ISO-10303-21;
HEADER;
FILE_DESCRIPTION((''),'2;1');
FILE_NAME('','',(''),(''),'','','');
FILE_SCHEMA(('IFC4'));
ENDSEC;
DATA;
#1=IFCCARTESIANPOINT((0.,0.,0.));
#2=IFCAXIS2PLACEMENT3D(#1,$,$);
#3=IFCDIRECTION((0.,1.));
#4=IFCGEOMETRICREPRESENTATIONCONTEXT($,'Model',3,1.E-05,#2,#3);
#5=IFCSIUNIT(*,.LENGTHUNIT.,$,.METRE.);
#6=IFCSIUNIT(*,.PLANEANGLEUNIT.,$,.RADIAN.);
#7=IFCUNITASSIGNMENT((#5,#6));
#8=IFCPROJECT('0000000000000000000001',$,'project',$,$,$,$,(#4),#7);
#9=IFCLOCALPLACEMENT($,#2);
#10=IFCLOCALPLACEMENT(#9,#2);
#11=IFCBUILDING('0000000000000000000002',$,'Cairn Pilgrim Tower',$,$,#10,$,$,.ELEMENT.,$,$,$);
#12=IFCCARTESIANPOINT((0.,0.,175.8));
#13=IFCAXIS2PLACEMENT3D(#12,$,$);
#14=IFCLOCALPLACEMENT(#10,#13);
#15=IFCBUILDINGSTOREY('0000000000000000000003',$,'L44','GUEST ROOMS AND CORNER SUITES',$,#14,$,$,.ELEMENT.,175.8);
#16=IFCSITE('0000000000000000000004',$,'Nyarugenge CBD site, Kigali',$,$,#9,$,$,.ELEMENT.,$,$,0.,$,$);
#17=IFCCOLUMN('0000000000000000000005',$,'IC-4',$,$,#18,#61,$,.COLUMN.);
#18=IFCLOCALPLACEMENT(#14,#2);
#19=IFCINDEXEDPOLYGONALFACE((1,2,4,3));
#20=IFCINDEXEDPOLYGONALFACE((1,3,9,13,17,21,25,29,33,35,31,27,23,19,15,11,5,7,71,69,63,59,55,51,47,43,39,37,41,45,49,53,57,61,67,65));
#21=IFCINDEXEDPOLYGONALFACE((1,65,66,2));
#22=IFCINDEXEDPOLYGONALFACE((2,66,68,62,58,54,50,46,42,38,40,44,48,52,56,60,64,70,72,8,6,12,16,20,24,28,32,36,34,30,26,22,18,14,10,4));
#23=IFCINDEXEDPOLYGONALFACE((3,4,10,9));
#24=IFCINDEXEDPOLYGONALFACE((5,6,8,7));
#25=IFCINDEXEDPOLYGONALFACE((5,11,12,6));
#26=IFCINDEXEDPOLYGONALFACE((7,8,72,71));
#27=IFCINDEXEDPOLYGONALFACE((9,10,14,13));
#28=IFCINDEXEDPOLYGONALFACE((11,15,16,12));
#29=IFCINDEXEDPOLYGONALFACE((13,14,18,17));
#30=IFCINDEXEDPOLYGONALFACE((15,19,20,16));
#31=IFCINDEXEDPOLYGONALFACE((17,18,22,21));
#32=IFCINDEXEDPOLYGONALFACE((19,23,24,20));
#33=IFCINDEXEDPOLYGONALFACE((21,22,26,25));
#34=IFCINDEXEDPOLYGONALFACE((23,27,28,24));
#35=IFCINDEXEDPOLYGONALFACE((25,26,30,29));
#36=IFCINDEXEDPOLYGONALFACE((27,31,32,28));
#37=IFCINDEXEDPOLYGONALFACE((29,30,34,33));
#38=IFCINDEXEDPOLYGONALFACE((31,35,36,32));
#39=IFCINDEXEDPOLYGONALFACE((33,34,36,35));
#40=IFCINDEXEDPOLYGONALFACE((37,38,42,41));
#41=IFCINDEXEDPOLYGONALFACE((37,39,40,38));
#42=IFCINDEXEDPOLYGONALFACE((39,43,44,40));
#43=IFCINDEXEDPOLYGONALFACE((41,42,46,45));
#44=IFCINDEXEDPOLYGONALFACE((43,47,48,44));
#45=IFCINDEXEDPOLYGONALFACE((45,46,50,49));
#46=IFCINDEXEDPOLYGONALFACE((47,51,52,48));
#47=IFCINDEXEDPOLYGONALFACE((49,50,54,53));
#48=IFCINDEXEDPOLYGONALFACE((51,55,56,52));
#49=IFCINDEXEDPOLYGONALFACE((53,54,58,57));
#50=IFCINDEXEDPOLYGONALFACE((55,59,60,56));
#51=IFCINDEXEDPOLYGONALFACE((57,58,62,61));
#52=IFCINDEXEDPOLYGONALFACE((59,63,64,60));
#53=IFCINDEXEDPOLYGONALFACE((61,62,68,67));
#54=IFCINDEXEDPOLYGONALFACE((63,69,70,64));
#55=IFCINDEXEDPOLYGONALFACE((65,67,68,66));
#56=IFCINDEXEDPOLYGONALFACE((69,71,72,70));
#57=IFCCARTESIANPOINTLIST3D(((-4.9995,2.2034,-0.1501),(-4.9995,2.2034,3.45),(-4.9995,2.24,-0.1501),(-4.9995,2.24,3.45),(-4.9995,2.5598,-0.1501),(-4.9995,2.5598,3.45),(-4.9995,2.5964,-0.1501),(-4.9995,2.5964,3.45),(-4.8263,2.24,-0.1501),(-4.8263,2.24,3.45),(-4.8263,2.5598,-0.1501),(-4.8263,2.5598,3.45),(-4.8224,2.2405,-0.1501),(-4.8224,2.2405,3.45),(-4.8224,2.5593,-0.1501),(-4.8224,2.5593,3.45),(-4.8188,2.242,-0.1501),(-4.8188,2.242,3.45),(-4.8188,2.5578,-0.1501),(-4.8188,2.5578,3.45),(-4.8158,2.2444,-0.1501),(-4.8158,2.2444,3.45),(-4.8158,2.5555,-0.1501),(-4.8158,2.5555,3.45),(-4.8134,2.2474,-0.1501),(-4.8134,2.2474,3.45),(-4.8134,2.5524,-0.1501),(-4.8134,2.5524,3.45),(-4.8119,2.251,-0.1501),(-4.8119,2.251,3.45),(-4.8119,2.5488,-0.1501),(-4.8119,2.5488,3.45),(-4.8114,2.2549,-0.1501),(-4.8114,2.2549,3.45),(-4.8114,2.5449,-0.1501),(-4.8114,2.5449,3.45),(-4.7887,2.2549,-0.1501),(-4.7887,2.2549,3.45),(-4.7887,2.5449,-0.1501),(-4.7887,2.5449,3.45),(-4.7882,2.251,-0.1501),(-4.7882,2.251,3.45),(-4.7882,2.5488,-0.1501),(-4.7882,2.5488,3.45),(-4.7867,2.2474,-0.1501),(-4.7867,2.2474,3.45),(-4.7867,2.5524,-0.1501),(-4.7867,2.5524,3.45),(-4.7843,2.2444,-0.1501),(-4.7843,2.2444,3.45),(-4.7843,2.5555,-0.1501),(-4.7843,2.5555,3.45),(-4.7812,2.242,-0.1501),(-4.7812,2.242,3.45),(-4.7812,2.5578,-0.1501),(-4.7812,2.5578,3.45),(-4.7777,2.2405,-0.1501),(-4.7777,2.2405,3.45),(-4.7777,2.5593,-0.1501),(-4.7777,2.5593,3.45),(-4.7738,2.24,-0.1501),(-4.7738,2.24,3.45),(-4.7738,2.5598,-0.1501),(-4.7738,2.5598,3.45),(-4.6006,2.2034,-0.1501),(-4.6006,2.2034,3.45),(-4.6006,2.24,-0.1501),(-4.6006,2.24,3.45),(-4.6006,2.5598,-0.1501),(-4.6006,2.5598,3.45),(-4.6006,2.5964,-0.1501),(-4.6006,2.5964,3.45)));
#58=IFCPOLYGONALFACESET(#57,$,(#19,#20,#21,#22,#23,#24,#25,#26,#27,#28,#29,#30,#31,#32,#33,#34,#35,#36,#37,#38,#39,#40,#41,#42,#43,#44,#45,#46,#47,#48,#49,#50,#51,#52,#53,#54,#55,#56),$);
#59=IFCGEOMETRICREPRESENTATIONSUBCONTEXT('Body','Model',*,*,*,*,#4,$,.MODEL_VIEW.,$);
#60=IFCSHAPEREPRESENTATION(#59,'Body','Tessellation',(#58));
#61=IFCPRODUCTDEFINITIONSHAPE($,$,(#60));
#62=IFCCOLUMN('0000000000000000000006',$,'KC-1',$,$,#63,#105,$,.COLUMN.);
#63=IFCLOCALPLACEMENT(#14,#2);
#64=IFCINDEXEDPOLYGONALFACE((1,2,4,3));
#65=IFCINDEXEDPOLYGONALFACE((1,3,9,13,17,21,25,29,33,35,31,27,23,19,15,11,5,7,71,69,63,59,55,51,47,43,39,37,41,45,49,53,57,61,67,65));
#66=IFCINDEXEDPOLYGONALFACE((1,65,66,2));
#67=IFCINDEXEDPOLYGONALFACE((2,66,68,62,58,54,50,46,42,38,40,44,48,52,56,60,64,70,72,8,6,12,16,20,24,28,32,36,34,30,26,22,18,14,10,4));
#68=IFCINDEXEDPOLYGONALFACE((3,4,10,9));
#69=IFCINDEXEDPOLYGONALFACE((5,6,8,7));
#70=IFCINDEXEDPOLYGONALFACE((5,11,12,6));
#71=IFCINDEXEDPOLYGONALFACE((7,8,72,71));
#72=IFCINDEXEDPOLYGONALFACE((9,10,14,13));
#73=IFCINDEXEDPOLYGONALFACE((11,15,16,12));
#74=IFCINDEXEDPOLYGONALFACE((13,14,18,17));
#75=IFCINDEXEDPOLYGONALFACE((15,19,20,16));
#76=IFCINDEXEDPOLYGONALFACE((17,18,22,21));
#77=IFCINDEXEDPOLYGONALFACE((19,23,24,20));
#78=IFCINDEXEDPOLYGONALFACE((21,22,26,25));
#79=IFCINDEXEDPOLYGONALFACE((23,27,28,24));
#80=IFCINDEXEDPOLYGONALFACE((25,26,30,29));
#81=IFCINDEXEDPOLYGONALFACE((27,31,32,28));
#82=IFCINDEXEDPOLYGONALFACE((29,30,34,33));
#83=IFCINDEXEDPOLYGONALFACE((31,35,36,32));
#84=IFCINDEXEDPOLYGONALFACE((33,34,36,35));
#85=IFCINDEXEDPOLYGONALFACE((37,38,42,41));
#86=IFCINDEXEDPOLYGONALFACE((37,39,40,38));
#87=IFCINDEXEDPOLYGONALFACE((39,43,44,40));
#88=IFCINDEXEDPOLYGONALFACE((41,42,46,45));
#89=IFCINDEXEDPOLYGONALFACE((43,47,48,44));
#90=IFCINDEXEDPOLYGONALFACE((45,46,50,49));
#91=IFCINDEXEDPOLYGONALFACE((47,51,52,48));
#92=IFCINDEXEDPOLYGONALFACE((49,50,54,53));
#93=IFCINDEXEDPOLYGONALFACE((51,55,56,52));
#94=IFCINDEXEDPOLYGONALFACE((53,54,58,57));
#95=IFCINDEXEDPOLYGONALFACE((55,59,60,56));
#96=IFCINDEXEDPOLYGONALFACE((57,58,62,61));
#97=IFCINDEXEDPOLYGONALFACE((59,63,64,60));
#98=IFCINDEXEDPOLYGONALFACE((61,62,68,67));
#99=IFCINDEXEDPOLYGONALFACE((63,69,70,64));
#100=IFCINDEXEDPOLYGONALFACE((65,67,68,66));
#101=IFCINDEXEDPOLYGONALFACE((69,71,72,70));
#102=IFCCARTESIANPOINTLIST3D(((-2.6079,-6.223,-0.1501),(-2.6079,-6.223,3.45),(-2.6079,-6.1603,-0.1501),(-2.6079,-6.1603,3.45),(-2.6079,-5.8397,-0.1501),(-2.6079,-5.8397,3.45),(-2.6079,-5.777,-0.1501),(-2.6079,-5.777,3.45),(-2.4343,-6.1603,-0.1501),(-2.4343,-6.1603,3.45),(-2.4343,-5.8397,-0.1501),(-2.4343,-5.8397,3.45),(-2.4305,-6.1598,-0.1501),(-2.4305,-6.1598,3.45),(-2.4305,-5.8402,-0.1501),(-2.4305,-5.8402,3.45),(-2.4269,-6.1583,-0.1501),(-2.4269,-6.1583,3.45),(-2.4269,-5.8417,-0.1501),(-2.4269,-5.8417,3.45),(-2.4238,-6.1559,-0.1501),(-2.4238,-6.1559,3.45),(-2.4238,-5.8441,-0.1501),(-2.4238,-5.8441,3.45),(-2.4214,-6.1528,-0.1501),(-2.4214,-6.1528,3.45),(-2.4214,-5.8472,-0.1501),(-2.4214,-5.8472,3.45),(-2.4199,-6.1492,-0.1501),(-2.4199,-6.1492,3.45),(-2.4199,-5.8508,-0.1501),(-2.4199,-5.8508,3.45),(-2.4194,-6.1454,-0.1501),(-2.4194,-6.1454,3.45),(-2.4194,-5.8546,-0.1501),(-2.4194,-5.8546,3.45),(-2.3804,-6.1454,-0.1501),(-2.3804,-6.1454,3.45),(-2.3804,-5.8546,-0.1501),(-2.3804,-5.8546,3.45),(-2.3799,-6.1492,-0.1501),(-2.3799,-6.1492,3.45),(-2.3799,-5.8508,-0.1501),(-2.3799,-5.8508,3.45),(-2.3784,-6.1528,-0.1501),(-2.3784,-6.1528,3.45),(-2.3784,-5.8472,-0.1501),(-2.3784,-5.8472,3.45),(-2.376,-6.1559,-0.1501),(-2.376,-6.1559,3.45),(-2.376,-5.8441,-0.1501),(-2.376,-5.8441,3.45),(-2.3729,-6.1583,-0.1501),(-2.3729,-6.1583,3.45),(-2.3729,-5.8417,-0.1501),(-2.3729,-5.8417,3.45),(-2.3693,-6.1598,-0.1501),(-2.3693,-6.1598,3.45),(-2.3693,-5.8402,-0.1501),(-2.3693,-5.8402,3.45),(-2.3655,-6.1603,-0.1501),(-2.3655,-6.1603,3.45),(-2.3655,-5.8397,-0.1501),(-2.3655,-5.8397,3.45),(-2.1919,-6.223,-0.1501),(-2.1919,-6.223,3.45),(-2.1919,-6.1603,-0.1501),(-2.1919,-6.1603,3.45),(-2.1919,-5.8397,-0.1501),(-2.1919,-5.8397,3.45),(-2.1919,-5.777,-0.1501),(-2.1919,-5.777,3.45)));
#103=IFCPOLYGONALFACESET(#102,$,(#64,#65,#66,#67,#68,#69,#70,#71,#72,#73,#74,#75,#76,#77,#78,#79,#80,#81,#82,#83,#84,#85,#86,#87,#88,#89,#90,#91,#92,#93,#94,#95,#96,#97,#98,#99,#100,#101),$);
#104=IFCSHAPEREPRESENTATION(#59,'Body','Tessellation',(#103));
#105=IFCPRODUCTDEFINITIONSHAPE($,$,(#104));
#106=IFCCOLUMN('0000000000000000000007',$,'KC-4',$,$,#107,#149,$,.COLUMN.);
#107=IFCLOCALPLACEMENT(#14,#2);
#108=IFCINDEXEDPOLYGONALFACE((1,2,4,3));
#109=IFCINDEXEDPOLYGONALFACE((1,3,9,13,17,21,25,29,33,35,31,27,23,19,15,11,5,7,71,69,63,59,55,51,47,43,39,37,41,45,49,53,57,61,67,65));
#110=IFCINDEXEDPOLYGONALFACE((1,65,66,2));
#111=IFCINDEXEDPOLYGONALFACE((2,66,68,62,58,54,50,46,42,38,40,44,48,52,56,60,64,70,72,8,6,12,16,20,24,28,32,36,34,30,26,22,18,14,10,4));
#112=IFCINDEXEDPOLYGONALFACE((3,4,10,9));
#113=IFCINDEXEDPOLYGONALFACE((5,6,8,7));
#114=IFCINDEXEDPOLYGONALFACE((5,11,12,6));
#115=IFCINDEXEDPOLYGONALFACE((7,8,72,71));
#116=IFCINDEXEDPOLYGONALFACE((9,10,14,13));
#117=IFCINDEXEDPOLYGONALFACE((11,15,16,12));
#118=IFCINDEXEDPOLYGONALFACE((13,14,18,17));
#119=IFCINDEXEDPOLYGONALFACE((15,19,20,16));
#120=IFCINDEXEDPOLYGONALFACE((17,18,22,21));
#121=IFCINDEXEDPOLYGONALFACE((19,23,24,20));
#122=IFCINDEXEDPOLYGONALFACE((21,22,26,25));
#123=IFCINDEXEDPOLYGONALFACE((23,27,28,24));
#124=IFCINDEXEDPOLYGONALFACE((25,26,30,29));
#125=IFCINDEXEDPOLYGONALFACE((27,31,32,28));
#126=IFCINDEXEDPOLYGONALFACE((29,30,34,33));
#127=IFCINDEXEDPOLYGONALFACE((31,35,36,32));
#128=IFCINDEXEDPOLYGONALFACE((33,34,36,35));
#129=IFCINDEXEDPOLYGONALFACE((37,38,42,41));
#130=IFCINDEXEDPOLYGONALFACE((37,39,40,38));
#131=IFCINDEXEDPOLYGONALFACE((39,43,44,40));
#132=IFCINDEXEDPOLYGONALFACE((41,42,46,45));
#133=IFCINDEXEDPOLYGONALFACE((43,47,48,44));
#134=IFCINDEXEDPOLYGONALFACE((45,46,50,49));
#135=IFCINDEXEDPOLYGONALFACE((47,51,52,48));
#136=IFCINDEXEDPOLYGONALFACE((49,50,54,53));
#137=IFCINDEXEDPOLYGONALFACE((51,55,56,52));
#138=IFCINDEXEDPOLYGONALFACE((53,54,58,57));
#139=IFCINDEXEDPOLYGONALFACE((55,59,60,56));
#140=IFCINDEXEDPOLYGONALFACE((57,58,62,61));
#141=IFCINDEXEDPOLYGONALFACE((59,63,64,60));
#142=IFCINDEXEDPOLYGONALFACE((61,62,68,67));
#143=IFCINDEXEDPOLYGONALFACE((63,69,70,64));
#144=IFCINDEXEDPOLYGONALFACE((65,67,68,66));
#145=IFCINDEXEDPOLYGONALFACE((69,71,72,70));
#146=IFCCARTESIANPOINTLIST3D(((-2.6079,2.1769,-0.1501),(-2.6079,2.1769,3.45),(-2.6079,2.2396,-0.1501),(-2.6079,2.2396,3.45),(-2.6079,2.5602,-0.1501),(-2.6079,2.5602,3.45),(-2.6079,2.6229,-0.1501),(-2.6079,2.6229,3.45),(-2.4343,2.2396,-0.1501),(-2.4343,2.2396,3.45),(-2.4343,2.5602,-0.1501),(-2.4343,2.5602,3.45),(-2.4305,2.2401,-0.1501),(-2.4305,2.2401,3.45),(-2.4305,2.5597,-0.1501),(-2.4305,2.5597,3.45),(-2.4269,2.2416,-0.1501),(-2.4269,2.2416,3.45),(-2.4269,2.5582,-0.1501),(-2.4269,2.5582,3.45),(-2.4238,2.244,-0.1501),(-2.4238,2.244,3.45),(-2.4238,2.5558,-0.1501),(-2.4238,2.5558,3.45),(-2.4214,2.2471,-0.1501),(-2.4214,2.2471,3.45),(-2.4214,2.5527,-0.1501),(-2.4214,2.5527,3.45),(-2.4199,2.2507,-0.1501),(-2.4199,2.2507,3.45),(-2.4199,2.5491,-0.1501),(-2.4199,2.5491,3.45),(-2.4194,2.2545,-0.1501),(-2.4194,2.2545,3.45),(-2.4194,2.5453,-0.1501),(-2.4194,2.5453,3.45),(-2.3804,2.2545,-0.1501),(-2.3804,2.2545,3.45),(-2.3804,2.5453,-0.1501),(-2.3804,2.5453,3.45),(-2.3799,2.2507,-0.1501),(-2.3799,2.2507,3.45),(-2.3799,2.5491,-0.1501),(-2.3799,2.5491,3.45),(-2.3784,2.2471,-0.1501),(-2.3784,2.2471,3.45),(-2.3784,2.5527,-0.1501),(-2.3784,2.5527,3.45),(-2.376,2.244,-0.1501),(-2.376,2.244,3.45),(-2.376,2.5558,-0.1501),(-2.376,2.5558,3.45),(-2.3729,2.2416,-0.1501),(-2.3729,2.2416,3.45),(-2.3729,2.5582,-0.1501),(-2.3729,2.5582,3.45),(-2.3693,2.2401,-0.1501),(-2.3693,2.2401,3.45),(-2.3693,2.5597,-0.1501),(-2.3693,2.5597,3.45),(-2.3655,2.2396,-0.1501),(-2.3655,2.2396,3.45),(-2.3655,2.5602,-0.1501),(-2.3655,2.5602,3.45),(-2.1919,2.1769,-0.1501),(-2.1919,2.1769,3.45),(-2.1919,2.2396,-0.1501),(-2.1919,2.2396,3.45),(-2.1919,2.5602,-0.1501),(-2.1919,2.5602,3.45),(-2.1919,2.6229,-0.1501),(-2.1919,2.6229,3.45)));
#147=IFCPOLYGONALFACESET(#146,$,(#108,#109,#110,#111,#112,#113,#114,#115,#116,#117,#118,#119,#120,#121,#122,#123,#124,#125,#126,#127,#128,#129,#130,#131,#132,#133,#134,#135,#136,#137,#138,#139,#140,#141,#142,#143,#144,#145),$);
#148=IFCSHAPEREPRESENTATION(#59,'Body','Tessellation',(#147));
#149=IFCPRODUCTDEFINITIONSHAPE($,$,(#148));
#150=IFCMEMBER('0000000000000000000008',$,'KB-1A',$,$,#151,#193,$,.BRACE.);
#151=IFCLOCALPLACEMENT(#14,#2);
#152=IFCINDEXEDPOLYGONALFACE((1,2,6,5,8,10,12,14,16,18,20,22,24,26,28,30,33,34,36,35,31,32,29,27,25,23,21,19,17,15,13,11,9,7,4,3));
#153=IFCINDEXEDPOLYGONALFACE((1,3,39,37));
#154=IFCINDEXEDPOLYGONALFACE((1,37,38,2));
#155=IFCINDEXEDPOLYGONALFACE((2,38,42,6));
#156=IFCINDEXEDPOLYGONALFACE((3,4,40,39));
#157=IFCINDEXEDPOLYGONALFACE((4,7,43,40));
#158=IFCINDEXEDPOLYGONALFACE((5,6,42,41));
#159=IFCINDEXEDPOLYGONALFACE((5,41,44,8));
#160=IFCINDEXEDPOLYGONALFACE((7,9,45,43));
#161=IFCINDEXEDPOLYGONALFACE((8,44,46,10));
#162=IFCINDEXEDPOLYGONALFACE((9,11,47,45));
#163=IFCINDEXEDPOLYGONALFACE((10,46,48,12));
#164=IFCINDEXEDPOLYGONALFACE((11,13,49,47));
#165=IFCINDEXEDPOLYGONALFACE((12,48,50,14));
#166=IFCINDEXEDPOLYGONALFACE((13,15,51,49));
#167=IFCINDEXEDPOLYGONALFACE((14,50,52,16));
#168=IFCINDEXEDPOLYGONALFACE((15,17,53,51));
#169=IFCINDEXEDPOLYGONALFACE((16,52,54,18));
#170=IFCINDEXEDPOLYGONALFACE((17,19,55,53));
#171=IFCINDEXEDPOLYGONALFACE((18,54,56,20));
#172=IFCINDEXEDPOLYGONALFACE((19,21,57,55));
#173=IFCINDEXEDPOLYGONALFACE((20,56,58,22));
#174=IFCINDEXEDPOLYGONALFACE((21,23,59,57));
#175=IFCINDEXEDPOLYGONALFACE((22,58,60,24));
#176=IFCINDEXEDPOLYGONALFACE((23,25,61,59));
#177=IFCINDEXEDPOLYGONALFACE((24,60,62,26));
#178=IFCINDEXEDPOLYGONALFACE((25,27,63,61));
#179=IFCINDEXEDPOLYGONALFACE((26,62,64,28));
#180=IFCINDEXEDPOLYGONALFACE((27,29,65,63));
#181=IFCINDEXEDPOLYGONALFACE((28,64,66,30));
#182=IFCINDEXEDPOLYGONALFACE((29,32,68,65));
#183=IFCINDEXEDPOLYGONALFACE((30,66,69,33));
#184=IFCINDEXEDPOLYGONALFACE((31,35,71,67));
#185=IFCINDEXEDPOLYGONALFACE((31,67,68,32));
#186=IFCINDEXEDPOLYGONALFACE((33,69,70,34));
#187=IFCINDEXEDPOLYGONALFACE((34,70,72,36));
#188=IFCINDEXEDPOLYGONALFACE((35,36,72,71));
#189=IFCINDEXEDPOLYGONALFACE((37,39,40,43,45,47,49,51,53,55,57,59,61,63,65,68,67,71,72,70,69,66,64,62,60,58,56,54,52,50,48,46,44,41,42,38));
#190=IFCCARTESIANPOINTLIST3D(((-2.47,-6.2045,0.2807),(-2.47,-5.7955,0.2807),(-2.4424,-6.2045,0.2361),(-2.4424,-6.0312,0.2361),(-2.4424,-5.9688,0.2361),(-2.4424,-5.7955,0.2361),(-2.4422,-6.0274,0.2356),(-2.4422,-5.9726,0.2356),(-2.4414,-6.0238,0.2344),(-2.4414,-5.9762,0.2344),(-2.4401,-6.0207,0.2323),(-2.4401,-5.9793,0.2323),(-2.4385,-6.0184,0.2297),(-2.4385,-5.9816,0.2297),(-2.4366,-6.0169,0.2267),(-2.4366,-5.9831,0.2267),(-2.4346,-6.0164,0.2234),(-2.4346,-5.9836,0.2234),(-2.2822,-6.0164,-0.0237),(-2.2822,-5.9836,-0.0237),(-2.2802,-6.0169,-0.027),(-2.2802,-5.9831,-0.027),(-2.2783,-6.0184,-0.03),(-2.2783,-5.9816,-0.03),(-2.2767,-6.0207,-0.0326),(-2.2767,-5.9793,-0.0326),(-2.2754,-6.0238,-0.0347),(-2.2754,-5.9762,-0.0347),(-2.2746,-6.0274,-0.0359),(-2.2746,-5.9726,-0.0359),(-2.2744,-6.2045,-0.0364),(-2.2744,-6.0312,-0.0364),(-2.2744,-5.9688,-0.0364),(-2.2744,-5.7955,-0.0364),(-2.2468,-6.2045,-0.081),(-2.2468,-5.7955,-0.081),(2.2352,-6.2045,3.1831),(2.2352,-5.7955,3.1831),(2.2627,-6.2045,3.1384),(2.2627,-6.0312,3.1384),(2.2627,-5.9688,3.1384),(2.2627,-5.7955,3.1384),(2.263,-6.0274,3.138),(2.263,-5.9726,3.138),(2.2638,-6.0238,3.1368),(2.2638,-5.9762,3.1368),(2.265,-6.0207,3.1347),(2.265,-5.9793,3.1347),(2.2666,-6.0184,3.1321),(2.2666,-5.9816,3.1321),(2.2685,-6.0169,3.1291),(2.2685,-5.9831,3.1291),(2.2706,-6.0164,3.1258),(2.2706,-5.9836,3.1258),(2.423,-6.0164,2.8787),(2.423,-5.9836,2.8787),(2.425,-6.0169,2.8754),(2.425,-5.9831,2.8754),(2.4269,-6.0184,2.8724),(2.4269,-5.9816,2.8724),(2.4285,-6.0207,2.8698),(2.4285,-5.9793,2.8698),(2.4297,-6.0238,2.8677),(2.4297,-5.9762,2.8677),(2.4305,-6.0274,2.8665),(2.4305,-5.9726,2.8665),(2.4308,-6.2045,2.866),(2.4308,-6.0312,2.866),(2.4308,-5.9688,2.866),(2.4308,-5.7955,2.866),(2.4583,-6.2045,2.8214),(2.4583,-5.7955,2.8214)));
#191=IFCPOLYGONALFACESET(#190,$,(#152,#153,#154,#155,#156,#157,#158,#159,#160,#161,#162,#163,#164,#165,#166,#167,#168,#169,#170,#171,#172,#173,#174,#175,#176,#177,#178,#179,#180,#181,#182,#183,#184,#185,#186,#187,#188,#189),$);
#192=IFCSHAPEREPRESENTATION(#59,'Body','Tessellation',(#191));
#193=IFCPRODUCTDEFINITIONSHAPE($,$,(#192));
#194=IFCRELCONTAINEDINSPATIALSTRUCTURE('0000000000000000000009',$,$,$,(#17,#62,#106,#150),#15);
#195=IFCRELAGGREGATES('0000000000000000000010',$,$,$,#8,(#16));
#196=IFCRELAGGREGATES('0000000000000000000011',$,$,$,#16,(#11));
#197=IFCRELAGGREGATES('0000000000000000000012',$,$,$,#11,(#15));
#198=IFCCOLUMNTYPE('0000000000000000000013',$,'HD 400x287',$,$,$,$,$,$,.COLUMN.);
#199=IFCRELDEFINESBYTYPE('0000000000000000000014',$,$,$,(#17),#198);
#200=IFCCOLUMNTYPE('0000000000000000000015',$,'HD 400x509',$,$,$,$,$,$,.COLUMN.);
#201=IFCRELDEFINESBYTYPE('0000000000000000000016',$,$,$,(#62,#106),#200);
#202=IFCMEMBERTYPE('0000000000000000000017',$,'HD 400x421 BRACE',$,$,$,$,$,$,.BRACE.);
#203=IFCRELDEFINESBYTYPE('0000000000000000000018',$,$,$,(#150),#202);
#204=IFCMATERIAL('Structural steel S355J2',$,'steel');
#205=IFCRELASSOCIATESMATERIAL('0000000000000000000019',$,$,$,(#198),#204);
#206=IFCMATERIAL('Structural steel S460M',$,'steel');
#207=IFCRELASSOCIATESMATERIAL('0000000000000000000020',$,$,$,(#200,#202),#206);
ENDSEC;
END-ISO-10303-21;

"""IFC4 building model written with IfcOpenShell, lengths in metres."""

from ifc_helpers import new_model, si_unit, direction, frame, origin, origin_2d, place, context, subcontext, project, spatial, i_section, extrude, material, material_profile, profile_set, type_object, element, save


model = new_model("IFC4")

# Units and contexts
model_context = context("Model", 3, precision=1e-05, world=origin(), true_north=direction((0.0, 1.0)))
body_context = subcontext(model_context, "Body", "Model", "MODEL_VIEW")
ifc_project = project(units=[si_unit("LENGTHUNIT", "METRE"), si_unit("PLANEANGLEUNIT", "RADIAN")], contexts=[model_context])

# Site, building, storey
site_placement = place(None, origin())
site = spatial("IfcSite", under=ifc_project, at=site_placement, Name="Nyarugenge CBD site, Kigali", CompositionType="ELEMENT", RefElevation=0.0)
building_placement = place(site_placement, origin())
building = spatial("IfcBuilding", under=site, at=building_placement, Name="Cairn Pilgrim Tower", CompositionType="ELEMENT")
storey_placement = place(building_placement, frame((0.0, 0.0, 175.8)))
storey = spatial("IfcBuildingStorey", under=building, at=storey_placement, Name="L44", Description="GUEST ROOMS AND CORNER SUITES", CompositionType="ELEMENT", Elevation=175.8)

# Columns
ifc_material_1 = material(Name="Structural steel S355J2", Category="steel")
ifc_material_profile_1 = material_profile(ifc_material_1, i_section(OverallWidth=0.3989, OverallDepth=0.3931, WebThickness=0.0227, FlangeThickness=0.0366, FilletRadius=0.0149, at=origin_2d()), Name="HD 400x287")
ifc_profile_set_1 = profile_set([ifc_material_profile_1], Name="Structural steel S355J2")
column_type_1 = type_object("IfcColumnType", Name="HD 400x287", PredefinedType="COLUMN", material=ifc_profile_set_1)
column_placement = place(storey_placement, frame((-4.8, 2.3999, -0.1501), z_axis=(0.0, 0.0, 1.0), x_axis=(1.0, 0.0, 0.0)))
element("IfcColumn", 1, at=column_placement, inside=storey, type_object=column_type_1, Name="IC-4", PredefinedType="COLUMN", context=body_context, shape_type="SweptSolid", body=[
    extrude(i_section(OverallWidth=0.3989, OverallDepth=0.3931, WebThickness=0.0227, FlangeThickness=0.0366, FilletRadius=0.0149, at=origin_2d()), origin(), (0.0, 0.0, 1.0), 3.6001),
])
ifc_material_2 = material(Name="Structural steel S460M", Category="steel")
ifc_material_profile_2 = material_profile(ifc_material_2, i_section(OverallWidth=0.416, OverallDepth=0.446, WebThickness=0.0391, FlangeThickness=0.0627, FilletRadius=0.0149, at=origin_2d()), Name="HD 400x509")
ifc_profile_set_2 = profile_set([ifc_material_profile_2], Name="Structural steel S460M")
column_type_2 = type_object("IfcColumnType", Name="HD 400x509", PredefinedType="COLUMN", material=ifc_profile_set_2)
for number, where, z_axis, x_axis, name in (
    (2, (-2.3999, -6.0, -0.1501), (0.0, 0.0, 1.0), (1.0, 0.0, 0.0), "KC-1"),
    (3, (-2.3999, 2.3999, -0.1501), (0.0, 0.0, 1.0), (1.0, 0.0, 0.0), "KC-4"),
):
    element("IfcColumn", number, at=place(storey_placement, frame(where, z_axis=z_axis, x_axis=x_axis)), inside=storey, type_object=column_type_2, Name=name, PredefinedType="COLUMN", context=body_context, shape_type="SweptSolid", body=[
        extrude(i_section(OverallWidth=0.416, OverallDepth=0.446, WebThickness=0.0391, FlangeThickness=0.0627, FilletRadius=0.0149, at=origin_2d()), origin(), (0.0, 0.0, 1.0), 3.6001),
    ])

# Member
ifc_material_profile_3 = material_profile(ifc_material_2, i_section(OverallWidth=0.4089, OverallDepth=0.425, WebThickness=0.0327, FlangeThickness=0.0525, FilletRadius=0.0149, at=origin_2d()), Name="HD 400x421")
ifc_profile_set_3 = profile_set([ifc_material_profile_3], Name="Structural steel S460M")
member_type = type_object("IfcMemberType", Name="HD 400x421 BRACE", PredefinedType="BRACE", material=ifc_profile_set_3)
member_1_placement = place(storey_placement, frame((-2.3584, -6.0, 0.0999), z_axis=(0.8511, 0.0, 0.525004), x_axis=(0.0, 1.0, 0.0)))
element("IfcMember", 4, at=member_1_placement, inside=storey, type_object=member_type, Name="KB-1A", PredefinedType="BRACE", context=body_context, shape_type="SweptSolid", body=[
    extrude(i_section(OverallWidth=0.4089, OverallDepth=0.425, WebThickness=0.0327, FlangeThickness=0.0525, FilletRadius=0.0149, at=origin_2d()), origin(), (0.0, 0.0, 1.0), 5.5283),
])

save(model, "model.ifc")
